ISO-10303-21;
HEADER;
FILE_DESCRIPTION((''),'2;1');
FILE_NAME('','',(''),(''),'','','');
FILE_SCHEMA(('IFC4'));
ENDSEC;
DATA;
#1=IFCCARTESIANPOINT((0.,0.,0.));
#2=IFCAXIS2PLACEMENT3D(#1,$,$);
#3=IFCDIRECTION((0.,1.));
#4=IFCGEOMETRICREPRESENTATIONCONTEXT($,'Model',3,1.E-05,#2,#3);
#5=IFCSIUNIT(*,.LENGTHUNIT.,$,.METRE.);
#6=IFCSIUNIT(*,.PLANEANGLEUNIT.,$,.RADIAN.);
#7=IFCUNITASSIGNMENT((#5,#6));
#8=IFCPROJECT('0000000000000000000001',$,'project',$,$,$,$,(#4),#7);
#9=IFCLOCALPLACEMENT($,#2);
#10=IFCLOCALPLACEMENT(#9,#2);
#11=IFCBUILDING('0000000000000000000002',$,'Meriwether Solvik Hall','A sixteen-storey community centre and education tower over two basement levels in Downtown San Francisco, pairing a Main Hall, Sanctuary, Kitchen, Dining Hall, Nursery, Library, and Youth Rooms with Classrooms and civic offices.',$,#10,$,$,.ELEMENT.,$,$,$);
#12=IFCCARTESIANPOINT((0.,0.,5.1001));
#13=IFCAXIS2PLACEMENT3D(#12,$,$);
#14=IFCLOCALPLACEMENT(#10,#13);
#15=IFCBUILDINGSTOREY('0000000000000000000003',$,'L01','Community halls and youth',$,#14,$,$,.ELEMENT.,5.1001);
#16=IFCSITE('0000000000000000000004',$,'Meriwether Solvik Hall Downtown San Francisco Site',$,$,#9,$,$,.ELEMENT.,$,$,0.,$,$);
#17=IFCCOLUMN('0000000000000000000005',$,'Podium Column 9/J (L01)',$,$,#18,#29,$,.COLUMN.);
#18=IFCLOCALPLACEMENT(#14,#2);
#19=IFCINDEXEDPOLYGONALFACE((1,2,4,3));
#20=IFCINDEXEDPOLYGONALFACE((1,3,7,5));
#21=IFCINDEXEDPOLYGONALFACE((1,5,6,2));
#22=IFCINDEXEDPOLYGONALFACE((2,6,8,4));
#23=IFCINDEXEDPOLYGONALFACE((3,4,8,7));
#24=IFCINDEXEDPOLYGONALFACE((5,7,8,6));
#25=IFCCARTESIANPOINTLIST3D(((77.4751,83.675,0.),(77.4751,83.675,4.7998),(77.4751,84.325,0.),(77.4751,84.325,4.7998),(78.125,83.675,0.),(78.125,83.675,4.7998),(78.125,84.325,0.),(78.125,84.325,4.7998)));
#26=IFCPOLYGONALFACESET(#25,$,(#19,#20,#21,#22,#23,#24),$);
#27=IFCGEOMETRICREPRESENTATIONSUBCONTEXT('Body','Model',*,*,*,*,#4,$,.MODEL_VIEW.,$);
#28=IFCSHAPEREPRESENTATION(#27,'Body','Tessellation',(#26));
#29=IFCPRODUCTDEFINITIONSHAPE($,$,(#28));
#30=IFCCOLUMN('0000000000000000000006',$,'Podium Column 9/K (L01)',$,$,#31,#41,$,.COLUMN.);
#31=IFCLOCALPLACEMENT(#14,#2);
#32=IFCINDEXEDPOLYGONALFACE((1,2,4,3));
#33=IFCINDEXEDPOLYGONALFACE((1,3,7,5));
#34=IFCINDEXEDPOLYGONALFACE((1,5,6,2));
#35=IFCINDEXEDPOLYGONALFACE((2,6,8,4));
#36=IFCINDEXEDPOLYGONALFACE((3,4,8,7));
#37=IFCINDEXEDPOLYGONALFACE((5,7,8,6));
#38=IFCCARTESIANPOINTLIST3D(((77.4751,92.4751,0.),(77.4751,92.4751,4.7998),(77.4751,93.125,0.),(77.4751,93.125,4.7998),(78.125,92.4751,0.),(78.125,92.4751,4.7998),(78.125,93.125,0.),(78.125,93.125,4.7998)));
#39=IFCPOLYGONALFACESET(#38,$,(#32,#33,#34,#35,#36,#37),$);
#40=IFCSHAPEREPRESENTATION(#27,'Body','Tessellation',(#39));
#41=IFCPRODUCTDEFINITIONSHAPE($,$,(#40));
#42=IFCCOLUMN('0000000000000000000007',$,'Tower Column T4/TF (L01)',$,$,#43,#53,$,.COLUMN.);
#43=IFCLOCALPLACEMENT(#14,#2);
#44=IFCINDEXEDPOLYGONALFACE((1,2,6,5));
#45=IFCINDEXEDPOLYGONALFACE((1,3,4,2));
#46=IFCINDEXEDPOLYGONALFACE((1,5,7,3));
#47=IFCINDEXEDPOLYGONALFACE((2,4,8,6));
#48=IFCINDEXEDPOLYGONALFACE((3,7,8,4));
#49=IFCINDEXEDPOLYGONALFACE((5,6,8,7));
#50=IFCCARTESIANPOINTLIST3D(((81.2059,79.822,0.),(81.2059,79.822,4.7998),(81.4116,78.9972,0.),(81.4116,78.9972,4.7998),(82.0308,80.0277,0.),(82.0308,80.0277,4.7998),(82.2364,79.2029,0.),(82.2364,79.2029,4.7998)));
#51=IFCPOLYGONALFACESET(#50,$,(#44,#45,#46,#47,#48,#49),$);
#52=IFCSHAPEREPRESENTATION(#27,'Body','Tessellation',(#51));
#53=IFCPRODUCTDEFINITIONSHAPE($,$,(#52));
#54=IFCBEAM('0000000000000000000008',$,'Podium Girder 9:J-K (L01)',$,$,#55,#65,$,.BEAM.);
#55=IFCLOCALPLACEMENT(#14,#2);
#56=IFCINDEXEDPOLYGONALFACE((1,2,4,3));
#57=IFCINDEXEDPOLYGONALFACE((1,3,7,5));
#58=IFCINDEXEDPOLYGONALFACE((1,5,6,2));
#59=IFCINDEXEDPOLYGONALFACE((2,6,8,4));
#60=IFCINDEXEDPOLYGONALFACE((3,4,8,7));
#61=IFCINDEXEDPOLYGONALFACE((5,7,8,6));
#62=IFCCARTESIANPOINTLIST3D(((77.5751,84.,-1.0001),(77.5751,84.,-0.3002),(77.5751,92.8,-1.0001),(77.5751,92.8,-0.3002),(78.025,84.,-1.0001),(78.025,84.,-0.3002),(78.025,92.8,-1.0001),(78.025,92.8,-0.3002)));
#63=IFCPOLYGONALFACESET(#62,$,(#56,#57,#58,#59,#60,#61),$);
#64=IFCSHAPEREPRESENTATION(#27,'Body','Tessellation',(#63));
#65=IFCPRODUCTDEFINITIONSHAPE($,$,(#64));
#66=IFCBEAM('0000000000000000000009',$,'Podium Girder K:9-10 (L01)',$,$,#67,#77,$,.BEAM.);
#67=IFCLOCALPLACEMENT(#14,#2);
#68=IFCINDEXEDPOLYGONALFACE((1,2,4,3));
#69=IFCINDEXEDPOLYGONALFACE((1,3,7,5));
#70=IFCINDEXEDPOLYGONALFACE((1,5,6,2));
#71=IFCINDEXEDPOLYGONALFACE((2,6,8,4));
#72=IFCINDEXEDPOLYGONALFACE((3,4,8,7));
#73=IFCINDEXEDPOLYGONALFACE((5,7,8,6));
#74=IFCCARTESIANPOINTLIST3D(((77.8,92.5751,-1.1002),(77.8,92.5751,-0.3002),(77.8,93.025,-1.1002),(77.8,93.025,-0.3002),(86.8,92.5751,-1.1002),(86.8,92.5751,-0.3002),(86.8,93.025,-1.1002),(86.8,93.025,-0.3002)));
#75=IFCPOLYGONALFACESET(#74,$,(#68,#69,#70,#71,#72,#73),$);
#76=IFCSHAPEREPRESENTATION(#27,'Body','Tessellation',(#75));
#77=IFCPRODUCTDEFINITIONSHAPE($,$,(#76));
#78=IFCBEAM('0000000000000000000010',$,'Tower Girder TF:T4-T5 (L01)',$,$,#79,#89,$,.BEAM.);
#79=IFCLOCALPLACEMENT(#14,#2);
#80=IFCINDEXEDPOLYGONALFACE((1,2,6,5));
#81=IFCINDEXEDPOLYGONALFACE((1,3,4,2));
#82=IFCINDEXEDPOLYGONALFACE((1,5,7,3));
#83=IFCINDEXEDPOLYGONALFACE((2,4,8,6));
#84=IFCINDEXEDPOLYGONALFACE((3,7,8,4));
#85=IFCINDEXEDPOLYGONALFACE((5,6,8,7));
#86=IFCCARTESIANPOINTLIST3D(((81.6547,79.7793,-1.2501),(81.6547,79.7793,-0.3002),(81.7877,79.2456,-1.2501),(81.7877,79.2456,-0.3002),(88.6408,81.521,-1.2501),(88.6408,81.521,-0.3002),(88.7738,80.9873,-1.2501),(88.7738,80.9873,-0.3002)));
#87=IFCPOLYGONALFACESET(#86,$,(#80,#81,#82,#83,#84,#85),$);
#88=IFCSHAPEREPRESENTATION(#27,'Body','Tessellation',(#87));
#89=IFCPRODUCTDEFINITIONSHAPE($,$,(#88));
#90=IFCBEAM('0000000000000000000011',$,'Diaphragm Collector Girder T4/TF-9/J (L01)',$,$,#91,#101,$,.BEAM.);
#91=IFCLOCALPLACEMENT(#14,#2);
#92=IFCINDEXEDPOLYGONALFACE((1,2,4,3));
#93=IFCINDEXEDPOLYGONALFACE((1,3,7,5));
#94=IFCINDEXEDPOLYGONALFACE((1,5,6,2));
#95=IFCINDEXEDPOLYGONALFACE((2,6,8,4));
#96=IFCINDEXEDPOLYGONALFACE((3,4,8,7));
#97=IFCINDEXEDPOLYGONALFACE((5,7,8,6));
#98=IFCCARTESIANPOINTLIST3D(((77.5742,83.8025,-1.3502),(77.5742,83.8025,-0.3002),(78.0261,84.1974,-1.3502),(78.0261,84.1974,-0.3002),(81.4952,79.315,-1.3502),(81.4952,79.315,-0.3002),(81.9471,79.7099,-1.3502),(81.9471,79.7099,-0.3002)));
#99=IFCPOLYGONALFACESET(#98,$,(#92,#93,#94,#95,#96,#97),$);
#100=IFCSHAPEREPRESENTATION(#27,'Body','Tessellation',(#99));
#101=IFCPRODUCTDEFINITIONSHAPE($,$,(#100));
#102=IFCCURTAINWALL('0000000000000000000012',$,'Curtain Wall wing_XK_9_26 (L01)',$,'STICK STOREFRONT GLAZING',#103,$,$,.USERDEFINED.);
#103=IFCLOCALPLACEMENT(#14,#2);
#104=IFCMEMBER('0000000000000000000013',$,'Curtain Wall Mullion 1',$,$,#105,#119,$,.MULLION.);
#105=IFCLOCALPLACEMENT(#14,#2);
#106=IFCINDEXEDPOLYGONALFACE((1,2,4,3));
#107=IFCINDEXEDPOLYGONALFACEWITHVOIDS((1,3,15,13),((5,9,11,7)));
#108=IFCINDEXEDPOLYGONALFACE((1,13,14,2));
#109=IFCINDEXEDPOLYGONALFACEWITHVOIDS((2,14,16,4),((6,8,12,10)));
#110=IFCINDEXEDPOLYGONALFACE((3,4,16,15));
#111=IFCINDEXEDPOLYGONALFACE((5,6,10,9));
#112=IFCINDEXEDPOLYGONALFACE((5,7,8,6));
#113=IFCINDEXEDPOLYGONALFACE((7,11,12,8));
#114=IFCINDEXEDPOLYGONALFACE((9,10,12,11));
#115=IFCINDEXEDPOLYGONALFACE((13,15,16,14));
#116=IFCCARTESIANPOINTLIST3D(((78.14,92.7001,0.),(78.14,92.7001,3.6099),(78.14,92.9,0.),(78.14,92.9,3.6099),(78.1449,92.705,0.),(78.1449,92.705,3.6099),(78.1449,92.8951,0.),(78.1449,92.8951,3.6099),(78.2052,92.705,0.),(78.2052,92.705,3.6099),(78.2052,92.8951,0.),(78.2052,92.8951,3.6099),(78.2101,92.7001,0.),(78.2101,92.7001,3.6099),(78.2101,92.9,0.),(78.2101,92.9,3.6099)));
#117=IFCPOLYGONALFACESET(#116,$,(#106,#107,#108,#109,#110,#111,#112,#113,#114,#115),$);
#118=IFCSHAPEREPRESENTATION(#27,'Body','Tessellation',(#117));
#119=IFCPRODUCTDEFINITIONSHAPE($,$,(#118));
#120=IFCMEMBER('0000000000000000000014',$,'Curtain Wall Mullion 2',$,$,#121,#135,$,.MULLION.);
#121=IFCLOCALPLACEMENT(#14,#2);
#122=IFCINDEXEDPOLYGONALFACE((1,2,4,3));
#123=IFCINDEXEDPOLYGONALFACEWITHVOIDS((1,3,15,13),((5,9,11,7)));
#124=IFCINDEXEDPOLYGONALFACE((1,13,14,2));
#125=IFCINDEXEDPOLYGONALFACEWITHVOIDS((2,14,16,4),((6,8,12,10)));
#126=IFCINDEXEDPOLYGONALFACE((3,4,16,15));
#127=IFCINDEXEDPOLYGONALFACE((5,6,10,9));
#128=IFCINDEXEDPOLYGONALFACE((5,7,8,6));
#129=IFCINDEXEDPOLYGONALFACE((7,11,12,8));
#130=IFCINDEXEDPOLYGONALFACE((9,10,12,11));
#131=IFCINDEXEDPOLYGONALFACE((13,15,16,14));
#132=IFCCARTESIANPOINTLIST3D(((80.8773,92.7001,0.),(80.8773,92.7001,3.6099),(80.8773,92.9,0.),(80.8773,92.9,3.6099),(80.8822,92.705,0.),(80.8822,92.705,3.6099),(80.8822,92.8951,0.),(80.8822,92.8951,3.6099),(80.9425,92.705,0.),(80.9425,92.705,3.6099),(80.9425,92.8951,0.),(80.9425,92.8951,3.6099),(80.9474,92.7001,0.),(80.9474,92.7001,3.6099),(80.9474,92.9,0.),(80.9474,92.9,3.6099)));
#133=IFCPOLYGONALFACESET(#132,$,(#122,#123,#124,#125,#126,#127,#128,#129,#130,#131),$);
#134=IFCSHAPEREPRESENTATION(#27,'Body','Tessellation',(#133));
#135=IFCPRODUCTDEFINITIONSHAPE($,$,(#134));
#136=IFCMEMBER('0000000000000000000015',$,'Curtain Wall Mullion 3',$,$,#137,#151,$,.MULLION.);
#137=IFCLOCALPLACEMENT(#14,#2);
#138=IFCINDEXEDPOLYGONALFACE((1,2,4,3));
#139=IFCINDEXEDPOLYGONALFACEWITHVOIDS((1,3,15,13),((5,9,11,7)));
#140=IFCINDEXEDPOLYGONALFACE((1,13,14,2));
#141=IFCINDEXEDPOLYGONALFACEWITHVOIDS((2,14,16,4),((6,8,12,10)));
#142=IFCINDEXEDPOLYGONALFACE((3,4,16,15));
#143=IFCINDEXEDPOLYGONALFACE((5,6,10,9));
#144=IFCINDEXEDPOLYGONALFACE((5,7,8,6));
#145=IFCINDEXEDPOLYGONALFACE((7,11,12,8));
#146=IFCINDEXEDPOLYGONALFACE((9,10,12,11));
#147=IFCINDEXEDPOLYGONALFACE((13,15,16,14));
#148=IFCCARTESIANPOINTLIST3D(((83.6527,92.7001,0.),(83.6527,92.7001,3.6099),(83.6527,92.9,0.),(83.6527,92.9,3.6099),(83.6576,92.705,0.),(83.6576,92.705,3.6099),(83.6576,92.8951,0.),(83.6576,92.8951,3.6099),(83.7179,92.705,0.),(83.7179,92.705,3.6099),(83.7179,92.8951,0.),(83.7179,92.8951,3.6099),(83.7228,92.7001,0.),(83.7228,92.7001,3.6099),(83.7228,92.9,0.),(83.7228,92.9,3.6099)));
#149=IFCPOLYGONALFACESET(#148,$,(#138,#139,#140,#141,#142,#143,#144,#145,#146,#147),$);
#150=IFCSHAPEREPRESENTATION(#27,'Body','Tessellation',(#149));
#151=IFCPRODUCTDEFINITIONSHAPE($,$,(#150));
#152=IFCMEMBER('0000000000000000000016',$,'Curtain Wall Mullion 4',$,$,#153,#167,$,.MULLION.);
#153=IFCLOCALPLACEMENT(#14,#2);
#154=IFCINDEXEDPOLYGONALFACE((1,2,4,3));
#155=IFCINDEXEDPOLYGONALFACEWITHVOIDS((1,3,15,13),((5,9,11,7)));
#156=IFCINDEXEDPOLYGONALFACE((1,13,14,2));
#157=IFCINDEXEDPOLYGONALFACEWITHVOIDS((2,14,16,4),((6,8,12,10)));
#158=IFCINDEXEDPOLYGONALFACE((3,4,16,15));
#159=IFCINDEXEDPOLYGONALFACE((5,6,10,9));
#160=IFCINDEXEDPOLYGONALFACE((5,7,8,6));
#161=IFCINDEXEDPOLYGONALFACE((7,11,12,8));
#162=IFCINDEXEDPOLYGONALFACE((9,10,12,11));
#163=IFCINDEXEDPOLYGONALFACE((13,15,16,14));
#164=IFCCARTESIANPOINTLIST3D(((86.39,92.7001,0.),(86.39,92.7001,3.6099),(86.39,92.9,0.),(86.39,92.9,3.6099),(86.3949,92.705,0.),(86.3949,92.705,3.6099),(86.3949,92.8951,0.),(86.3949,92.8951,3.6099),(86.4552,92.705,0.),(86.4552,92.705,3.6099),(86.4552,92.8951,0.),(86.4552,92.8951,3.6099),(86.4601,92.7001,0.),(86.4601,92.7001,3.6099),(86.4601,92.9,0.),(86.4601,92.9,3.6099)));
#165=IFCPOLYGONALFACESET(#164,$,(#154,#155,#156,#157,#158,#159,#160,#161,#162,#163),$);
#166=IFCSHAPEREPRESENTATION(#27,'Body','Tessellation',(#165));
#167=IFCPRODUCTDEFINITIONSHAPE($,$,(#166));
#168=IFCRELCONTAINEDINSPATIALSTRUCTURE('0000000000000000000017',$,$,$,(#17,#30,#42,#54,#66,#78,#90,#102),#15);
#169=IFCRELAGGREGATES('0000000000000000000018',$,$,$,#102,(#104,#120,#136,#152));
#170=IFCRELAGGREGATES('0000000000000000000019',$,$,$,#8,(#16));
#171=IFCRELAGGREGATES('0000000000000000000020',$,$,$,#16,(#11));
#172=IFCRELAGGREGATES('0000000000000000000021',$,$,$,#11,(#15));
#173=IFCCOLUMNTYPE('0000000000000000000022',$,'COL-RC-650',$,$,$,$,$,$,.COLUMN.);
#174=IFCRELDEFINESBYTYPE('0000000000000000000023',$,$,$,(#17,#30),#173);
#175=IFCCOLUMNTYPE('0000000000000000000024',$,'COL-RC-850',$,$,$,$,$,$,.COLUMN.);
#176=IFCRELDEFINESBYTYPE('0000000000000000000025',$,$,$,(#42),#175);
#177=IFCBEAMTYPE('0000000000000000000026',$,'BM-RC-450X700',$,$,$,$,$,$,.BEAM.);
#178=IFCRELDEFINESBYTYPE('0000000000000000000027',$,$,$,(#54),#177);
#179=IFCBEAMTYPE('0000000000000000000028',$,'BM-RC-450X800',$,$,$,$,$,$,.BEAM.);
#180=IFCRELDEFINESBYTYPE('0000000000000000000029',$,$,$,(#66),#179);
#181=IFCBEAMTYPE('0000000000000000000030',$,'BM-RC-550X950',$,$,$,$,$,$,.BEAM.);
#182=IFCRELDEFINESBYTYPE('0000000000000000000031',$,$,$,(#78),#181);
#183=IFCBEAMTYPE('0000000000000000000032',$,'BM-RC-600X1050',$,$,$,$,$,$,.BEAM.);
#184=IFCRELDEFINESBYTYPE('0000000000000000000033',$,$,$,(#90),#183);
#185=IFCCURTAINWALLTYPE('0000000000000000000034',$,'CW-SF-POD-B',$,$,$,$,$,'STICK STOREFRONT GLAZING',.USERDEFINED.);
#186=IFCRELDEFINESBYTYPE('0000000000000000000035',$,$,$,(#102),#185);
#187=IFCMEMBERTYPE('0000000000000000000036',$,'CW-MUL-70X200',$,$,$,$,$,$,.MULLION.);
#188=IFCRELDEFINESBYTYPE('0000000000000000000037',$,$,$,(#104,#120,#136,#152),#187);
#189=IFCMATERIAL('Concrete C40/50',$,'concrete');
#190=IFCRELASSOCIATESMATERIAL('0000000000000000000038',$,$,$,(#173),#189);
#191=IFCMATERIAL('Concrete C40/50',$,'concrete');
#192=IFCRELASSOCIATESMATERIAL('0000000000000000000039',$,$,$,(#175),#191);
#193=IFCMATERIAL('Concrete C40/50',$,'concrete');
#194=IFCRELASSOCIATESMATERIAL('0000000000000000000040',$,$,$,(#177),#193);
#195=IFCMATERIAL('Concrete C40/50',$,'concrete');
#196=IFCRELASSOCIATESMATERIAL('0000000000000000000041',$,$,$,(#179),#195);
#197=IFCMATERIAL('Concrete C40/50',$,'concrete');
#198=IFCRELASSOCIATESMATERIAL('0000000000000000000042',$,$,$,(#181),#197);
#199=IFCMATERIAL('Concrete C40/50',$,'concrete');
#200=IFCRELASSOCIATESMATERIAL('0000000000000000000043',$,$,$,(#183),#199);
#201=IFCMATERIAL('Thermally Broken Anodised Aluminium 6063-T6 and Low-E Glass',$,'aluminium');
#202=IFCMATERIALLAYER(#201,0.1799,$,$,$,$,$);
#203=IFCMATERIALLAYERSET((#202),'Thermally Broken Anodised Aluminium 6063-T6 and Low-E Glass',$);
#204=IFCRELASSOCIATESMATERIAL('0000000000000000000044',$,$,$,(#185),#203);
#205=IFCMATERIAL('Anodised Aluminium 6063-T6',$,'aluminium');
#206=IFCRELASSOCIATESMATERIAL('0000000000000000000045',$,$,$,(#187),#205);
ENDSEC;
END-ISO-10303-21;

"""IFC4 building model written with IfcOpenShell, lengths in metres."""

from ifc_helpers import new_model, si_unit, direction, frame, origin, origin_2d, place, context, subcontext, project, spatial, rectangle, hollow_rectangle, extrude, material, layer, layer_set, material_profile, profile_set, type_object, element, aggregate, save


model = new_model("IFC4")

# Units and contexts
model_context = context("Model", 3, precision=1e-05, world=origin(), true_north=direction((0.0, 1.0)))
body_context = subcontext(model_context, "Body", "Model", "MODEL_VIEW")
ifc_project = project(units=[si_unit("LENGTHUNIT", "METRE"), si_unit("PLANEANGLEUNIT", "RADIAN")], contexts=[model_context])

# Site, building, storey
site_placement = place(None, origin())
site = spatial("IfcSite", under=ifc_project, at=site_placement, Name="Meriwether Solvik Hall Downtown San Francisco Site", CompositionType="ELEMENT", RefElevation=0.0)
building_placement = place(site_placement, origin())
building = spatial("IfcBuilding", under=site, at=building_placement, Name="Meriwether Solvik Hall", Description="A sixteen-storey community centre and education tower over two basement levels in Downtown San Francisco, pairing a Main Hall, Sanctuary, Kitchen, Dining Hall, Nursery, Library, and Youth Rooms with Classrooms and civic offices.", CompositionType="ELEMENT")
storey_placement = place(building_placement, frame((0.0, 0.0, 5.1001)))
storey = spatial("IfcBuildingStorey", under=building, at=storey_placement, Name="L01", Description="Community halls and youth", CompositionType="ELEMENT", Elevation=5.1001)

# Columns
ifc_material_1 = material(Name="Concrete C40/50", Category="concrete")
ifc_material_profile_1 = material_profile(ifc_material_1, rectangle(XDim=0.6499, YDim=0.6499, at=origin_2d()), Name="RCC-650X650")
ifc_profile_set_1 = profile_set([ifc_material_profile_1], Name="Concrete C40/50")
column_type_1 = type_object("IfcColumnType", Name="COL-RC-650", PredefinedType="COLUMN", material=ifc_profile_set_1)
for number, where, z_axis, x_axis, name in (
    (1, (77.8, 84.0, 0.0), (0.0, 0.0, 1.0), (1.0, 0.0, 0.0), "Podium Column 9/J (L01)"),
    (2, (77.8, 92.8, 0.0), (0.0, 0.0, 1.0), (1.0, 0.0, 0.0), "Podium Column 9/K (L01)"),
):
    element("IfcColumn", number, at=place(storey_placement, frame(where, z_axis=z_axis, x_axis=x_axis)), inside=storey, type_object=column_type_1, Name=name, PredefinedType="COLUMN", context=body_context, shape_type="SweptSolid", body=[
        extrude(rectangle(XDim=0.6499, YDim=0.6499, at=origin_2d()), origin(), (0.0, 0.0, 1.0), 4.7998),
    ])
ifc_material_2 = material(Name="Concrete C40/50", Category="concrete")
ifc_material_profile_2 = material_profile(ifc_material_2, rectangle(XDim=0.8501, YDim=0.8501, at=origin_2d()), Name="RCC-850X850")
ifc_profile_set_2 = profile_set([ifc_material_profile_2], Name="Concrete C40/50")
column_type_2 = type_object("IfcColumnType", Name="COL-RC-850", PredefinedType="COLUMN", material=ifc_profile_set_2)
column_placement = place(storey_placement, frame((81.7212, 79.5125, 0.0), z_axis=(0.0, 0.0, 1.0), x_axis=(0.970296, 0.241922, 0.0)))
element("IfcColumn", 3, at=column_placement, inside=storey, type_object=column_type_2, Name="Tower Column T4/TF (L01)", PredefinedType="COLUMN", context=body_context, shape_type="SweptSolid", body=[
    extrude(rectangle(XDim=0.8501, YDim=0.8501, at=origin_2d()), origin(), (0.0, 0.0, 1.0), 4.7998),
])

# Beams
ifc_material_3 = material(Name="Concrete C40/50", Category="concrete")
ifc_material_profile_3 = material_profile(ifc_material_3, rectangle(XDim=0.45, YDim=0.7, at=origin_2d()), Name="RCB-450X700")
ifc_profile_set_3 = profile_set([ifc_material_profile_3], Name="Concrete C40/50")
beam_type_1 = type_object("IfcBeamType", Name="BM-RC-450X700", PredefinedType="BEAM", material=ifc_profile_set_3)
beam_1_placement = place(storey_placement, frame((77.8, 84.0, -0.6501), z_axis=(0.0, 1.0, 0.0), x_axis=(-1.0, 0.0, 0.0)))
element("IfcBeam", 4, at=beam_1_placement, inside=storey, type_object=beam_type_1, Name="Podium Girder 9:J-K (L01)", PredefinedType="BEAM", context=body_context, shape_type="SweptSolid", body=[
    extrude(rectangle(XDim=0.45, YDim=0.7, at=origin_2d()), origin(), (0.0, 0.0, 1.0), 8.8),
])
ifc_material_4 = material(Name="Concrete C40/50", Category="concrete")
ifc_material_profile_4 = material_profile(ifc_material_4, rectangle(XDim=0.45, YDim=0.8, at=origin_2d()), Name="RCB-450X800")
ifc_profile_set_4 = profile_set([ifc_material_profile_4], Name="Concrete C40/50")
beam_type_2 = type_object("IfcBeamType", Name="BM-RC-450X800", PredefinedType="BEAM", material=ifc_profile_set_4)
beam_2_placement = place(storey_placement, frame((77.8, 92.8, -0.7002), z_axis=(1.0, 0.0, 0.0), x_axis=(0.0, 1.0, 0.0)))
element("IfcBeam", 5, at=beam_2_placement, inside=storey, type_object=beam_type_2, Name="Podium Girder K:9-10 (L01)", PredefinedType="BEAM", context=body_context, shape_type="SweptSolid", body=[
    extrude(rectangle(XDim=0.45, YDim=0.8, at=origin_2d()), origin(), (0.0, 0.0, 1.0), 9.0),
])
ifc_material_5 = material(Name="Concrete C40/50", Category="concrete")
ifc_material_profile_5 = material_profile(ifc_material_5, rectangle(XDim=0.55, YDim=0.95, at=origin_2d()), Name="RCB-550X950")
ifc_profile_set_5 = profile_set([ifc_material_profile_5], Name="Concrete C40/50")
beam_type_3 = type_object("IfcBeamType", Name="BM-RC-550X950", PredefinedType="BEAM", material=ifc_profile_set_5)
beam_3_placement = place(storey_placement, frame((81.7212, 79.5125, -0.7751), z_axis=(0.9703, 0.241905, 0.0), x_axis=(-0.241905, 0.9703, 0.0)))
element("IfcBeam", 6, at=beam_3_placement, inside=storey, type_object=beam_type_3, Name="Tower Girder TF:T4-T5 (L01)", PredefinedType="BEAM", context=body_context, shape_type="SweptSolid", body=[
    extrude(rectangle(XDim=0.55, YDim=0.95, at=origin_2d()), origin(), (0.0, 0.0, 1.0), 7.2),
])
ifc_material_6 = material(Name="Concrete C40/50", Category="concrete")
ifc_material_profile_6 = material_profile(ifc_material_6, rectangle(XDim=0.6001, YDim=1.05, at=origin_2d()), Name="RCB-600X1050")
ifc_profile_set_6 = profile_set([ifc_material_profile_6], Name="Concrete C40/50")
beam_type_4 = type_object("IfcBeamType", Name="BM-RC-600X1050", PredefinedType="BEAM", material=ifc_profile_set_6)
beam_4_placement = place(storey_placement, frame((81.7212, 79.5125, -0.8252), z_axis=(-0.657985, 0.753031, 0.0), x_axis=(-0.753031, -0.657985, 0.0)))
element("IfcBeam", 7, at=beam_4_placement, inside=storey, type_object=beam_type_4, Name="Diaphragm Collector Girder T4/TF-9/J (L01)", PredefinedType="BEAM", context=body_context, shape_type="SweptSolid", body=[
    extrude(rectangle(XDim=0.6001, YDim=1.05, at=origin_2d()), origin(), (0.0, 0.0, 1.0), 5.9592),
])

# Curtain wall, members
ifc_material_7 = material(Name="Thermally Broken Anodised Aluminium 6063-T6 and Low-E Glass", Category="aluminium")
ifc_layer_1 = layer(ifc_material_7, 0.1799)
ifc_layer_set_1 = layer_set([ifc_layer_1], Name="Thermally Broken Anodised Aluminium 6063-T6 and Low-E Glass")
curtain_wall_type = type_object("IfcCurtainWallType", Name="CW-SF-POD-B", ElementType="STICK STOREFRONT GLAZING", PredefinedType="USERDEFINED", material=ifc_layer_set_1)
curtain_wall_placement = place(storey_placement, origin())
curtain_wall = element("IfcCurtainWall", 8, at=curtain_wall_placement, inside=storey, type_object=curtain_wall_type, Name="Curtain Wall wing_XK_9_26 (L01)", ObjectType="STICK STOREFRONT GLAZING", PredefinedType="USERDEFINED")
ifc_material_8 = material(Name="Anodised Aluminium 6063-T6", Category="aluminium")
ifc_material_profile_7 = material_profile(ifc_material_8, hollow_rectangle(XDim=0.0701, YDim=0.2, WallThickness=0.0049, at=origin_2d()), Name="CWM-70X200")
ifc_profile_set_7 = profile_set([ifc_material_profile_7], Name="Anodised Aluminium 6063-T6")
member_type_1 = type_object("IfcMemberType", Name="CW-MUL-70X200", PredefinedType="MULLION", material=ifc_profile_set_7)
member_1_placement = place(storey_placement, frame((78.175, 92.8, 0.0), z_axis=(0.0, 0.0, 1.0), x_axis=(1.0, 0.0, 0.0)))
member_1 = element("IfcMember", 9, at=member_1_placement, type_object=member_type_1, Name="Curtain Wall Mullion 1", PredefinedType="MULLION", context=body_context, shape_type="SweptSolid", body=[
    extrude(hollow_rectangle(XDim=0.0701, YDim=0.2, WallThickness=0.0049, at=origin_2d()), origin(), (0.0, 0.0, 1.0), 3.6099),
])
member_2_placement = place(storey_placement, frame((80.9124, 92.8, 0.0), z_axis=(0.0, 0.0, 1.0), x_axis=(1.0, 0.0, 0.0)))
member_2 = element("IfcMember", 10, at=member_2_placement, type_object=member_type_1, Name="Curtain Wall Mullion 2", PredefinedType="MULLION", context=body_context, shape_type="SweptSolid", body=[
    extrude(hollow_rectangle(XDim=0.0701, YDim=0.2, WallThickness=0.0049, at=origin_2d()), origin(), (0.0, 0.0, 1.0), 3.6099),
])
member_3_placement = place(storey_placement, frame((83.6877, 92.8, 0.0), z_axis=(0.0, 0.0, 1.0), x_axis=(1.0, 0.0, 0.0)))
member_3 = element("IfcMember", 11, at=member_3_placement, type_object=member_type_1, Name="Curtain Wall Mullion 3", PredefinedType="MULLION", context=body_context, shape_type="SweptSolid", body=[
    extrude(hollow_rectangle(XDim=0.0701, YDim=0.2, WallThickness=0.0049, at=origin_2d()), origin(), (0.0, 0.0, 1.0), 3.6099),
])
member_4_placement = place(storey_placement, frame((86.425, 92.8, 0.0), z_axis=(0.0, 0.0, 1.0), x_axis=(1.0, 0.0, 0.0)))
member_4 = element("IfcMember", 12, at=member_4_placement, type_object=member_type_1, Name="Curtain Wall Mullion 4", PredefinedType="MULLION", context=body_context, shape_type="SweptSolid", body=[
    extrude(hollow_rectangle(XDim=0.0701, YDim=0.2, WallThickness=0.0049, at=origin_2d()), origin(), (0.0, 0.0, 1.0), 3.6099),
])
aggregate(curtain_wall, [member_1, member_2, member_3, member_4])

save(model, "model.ifc")
